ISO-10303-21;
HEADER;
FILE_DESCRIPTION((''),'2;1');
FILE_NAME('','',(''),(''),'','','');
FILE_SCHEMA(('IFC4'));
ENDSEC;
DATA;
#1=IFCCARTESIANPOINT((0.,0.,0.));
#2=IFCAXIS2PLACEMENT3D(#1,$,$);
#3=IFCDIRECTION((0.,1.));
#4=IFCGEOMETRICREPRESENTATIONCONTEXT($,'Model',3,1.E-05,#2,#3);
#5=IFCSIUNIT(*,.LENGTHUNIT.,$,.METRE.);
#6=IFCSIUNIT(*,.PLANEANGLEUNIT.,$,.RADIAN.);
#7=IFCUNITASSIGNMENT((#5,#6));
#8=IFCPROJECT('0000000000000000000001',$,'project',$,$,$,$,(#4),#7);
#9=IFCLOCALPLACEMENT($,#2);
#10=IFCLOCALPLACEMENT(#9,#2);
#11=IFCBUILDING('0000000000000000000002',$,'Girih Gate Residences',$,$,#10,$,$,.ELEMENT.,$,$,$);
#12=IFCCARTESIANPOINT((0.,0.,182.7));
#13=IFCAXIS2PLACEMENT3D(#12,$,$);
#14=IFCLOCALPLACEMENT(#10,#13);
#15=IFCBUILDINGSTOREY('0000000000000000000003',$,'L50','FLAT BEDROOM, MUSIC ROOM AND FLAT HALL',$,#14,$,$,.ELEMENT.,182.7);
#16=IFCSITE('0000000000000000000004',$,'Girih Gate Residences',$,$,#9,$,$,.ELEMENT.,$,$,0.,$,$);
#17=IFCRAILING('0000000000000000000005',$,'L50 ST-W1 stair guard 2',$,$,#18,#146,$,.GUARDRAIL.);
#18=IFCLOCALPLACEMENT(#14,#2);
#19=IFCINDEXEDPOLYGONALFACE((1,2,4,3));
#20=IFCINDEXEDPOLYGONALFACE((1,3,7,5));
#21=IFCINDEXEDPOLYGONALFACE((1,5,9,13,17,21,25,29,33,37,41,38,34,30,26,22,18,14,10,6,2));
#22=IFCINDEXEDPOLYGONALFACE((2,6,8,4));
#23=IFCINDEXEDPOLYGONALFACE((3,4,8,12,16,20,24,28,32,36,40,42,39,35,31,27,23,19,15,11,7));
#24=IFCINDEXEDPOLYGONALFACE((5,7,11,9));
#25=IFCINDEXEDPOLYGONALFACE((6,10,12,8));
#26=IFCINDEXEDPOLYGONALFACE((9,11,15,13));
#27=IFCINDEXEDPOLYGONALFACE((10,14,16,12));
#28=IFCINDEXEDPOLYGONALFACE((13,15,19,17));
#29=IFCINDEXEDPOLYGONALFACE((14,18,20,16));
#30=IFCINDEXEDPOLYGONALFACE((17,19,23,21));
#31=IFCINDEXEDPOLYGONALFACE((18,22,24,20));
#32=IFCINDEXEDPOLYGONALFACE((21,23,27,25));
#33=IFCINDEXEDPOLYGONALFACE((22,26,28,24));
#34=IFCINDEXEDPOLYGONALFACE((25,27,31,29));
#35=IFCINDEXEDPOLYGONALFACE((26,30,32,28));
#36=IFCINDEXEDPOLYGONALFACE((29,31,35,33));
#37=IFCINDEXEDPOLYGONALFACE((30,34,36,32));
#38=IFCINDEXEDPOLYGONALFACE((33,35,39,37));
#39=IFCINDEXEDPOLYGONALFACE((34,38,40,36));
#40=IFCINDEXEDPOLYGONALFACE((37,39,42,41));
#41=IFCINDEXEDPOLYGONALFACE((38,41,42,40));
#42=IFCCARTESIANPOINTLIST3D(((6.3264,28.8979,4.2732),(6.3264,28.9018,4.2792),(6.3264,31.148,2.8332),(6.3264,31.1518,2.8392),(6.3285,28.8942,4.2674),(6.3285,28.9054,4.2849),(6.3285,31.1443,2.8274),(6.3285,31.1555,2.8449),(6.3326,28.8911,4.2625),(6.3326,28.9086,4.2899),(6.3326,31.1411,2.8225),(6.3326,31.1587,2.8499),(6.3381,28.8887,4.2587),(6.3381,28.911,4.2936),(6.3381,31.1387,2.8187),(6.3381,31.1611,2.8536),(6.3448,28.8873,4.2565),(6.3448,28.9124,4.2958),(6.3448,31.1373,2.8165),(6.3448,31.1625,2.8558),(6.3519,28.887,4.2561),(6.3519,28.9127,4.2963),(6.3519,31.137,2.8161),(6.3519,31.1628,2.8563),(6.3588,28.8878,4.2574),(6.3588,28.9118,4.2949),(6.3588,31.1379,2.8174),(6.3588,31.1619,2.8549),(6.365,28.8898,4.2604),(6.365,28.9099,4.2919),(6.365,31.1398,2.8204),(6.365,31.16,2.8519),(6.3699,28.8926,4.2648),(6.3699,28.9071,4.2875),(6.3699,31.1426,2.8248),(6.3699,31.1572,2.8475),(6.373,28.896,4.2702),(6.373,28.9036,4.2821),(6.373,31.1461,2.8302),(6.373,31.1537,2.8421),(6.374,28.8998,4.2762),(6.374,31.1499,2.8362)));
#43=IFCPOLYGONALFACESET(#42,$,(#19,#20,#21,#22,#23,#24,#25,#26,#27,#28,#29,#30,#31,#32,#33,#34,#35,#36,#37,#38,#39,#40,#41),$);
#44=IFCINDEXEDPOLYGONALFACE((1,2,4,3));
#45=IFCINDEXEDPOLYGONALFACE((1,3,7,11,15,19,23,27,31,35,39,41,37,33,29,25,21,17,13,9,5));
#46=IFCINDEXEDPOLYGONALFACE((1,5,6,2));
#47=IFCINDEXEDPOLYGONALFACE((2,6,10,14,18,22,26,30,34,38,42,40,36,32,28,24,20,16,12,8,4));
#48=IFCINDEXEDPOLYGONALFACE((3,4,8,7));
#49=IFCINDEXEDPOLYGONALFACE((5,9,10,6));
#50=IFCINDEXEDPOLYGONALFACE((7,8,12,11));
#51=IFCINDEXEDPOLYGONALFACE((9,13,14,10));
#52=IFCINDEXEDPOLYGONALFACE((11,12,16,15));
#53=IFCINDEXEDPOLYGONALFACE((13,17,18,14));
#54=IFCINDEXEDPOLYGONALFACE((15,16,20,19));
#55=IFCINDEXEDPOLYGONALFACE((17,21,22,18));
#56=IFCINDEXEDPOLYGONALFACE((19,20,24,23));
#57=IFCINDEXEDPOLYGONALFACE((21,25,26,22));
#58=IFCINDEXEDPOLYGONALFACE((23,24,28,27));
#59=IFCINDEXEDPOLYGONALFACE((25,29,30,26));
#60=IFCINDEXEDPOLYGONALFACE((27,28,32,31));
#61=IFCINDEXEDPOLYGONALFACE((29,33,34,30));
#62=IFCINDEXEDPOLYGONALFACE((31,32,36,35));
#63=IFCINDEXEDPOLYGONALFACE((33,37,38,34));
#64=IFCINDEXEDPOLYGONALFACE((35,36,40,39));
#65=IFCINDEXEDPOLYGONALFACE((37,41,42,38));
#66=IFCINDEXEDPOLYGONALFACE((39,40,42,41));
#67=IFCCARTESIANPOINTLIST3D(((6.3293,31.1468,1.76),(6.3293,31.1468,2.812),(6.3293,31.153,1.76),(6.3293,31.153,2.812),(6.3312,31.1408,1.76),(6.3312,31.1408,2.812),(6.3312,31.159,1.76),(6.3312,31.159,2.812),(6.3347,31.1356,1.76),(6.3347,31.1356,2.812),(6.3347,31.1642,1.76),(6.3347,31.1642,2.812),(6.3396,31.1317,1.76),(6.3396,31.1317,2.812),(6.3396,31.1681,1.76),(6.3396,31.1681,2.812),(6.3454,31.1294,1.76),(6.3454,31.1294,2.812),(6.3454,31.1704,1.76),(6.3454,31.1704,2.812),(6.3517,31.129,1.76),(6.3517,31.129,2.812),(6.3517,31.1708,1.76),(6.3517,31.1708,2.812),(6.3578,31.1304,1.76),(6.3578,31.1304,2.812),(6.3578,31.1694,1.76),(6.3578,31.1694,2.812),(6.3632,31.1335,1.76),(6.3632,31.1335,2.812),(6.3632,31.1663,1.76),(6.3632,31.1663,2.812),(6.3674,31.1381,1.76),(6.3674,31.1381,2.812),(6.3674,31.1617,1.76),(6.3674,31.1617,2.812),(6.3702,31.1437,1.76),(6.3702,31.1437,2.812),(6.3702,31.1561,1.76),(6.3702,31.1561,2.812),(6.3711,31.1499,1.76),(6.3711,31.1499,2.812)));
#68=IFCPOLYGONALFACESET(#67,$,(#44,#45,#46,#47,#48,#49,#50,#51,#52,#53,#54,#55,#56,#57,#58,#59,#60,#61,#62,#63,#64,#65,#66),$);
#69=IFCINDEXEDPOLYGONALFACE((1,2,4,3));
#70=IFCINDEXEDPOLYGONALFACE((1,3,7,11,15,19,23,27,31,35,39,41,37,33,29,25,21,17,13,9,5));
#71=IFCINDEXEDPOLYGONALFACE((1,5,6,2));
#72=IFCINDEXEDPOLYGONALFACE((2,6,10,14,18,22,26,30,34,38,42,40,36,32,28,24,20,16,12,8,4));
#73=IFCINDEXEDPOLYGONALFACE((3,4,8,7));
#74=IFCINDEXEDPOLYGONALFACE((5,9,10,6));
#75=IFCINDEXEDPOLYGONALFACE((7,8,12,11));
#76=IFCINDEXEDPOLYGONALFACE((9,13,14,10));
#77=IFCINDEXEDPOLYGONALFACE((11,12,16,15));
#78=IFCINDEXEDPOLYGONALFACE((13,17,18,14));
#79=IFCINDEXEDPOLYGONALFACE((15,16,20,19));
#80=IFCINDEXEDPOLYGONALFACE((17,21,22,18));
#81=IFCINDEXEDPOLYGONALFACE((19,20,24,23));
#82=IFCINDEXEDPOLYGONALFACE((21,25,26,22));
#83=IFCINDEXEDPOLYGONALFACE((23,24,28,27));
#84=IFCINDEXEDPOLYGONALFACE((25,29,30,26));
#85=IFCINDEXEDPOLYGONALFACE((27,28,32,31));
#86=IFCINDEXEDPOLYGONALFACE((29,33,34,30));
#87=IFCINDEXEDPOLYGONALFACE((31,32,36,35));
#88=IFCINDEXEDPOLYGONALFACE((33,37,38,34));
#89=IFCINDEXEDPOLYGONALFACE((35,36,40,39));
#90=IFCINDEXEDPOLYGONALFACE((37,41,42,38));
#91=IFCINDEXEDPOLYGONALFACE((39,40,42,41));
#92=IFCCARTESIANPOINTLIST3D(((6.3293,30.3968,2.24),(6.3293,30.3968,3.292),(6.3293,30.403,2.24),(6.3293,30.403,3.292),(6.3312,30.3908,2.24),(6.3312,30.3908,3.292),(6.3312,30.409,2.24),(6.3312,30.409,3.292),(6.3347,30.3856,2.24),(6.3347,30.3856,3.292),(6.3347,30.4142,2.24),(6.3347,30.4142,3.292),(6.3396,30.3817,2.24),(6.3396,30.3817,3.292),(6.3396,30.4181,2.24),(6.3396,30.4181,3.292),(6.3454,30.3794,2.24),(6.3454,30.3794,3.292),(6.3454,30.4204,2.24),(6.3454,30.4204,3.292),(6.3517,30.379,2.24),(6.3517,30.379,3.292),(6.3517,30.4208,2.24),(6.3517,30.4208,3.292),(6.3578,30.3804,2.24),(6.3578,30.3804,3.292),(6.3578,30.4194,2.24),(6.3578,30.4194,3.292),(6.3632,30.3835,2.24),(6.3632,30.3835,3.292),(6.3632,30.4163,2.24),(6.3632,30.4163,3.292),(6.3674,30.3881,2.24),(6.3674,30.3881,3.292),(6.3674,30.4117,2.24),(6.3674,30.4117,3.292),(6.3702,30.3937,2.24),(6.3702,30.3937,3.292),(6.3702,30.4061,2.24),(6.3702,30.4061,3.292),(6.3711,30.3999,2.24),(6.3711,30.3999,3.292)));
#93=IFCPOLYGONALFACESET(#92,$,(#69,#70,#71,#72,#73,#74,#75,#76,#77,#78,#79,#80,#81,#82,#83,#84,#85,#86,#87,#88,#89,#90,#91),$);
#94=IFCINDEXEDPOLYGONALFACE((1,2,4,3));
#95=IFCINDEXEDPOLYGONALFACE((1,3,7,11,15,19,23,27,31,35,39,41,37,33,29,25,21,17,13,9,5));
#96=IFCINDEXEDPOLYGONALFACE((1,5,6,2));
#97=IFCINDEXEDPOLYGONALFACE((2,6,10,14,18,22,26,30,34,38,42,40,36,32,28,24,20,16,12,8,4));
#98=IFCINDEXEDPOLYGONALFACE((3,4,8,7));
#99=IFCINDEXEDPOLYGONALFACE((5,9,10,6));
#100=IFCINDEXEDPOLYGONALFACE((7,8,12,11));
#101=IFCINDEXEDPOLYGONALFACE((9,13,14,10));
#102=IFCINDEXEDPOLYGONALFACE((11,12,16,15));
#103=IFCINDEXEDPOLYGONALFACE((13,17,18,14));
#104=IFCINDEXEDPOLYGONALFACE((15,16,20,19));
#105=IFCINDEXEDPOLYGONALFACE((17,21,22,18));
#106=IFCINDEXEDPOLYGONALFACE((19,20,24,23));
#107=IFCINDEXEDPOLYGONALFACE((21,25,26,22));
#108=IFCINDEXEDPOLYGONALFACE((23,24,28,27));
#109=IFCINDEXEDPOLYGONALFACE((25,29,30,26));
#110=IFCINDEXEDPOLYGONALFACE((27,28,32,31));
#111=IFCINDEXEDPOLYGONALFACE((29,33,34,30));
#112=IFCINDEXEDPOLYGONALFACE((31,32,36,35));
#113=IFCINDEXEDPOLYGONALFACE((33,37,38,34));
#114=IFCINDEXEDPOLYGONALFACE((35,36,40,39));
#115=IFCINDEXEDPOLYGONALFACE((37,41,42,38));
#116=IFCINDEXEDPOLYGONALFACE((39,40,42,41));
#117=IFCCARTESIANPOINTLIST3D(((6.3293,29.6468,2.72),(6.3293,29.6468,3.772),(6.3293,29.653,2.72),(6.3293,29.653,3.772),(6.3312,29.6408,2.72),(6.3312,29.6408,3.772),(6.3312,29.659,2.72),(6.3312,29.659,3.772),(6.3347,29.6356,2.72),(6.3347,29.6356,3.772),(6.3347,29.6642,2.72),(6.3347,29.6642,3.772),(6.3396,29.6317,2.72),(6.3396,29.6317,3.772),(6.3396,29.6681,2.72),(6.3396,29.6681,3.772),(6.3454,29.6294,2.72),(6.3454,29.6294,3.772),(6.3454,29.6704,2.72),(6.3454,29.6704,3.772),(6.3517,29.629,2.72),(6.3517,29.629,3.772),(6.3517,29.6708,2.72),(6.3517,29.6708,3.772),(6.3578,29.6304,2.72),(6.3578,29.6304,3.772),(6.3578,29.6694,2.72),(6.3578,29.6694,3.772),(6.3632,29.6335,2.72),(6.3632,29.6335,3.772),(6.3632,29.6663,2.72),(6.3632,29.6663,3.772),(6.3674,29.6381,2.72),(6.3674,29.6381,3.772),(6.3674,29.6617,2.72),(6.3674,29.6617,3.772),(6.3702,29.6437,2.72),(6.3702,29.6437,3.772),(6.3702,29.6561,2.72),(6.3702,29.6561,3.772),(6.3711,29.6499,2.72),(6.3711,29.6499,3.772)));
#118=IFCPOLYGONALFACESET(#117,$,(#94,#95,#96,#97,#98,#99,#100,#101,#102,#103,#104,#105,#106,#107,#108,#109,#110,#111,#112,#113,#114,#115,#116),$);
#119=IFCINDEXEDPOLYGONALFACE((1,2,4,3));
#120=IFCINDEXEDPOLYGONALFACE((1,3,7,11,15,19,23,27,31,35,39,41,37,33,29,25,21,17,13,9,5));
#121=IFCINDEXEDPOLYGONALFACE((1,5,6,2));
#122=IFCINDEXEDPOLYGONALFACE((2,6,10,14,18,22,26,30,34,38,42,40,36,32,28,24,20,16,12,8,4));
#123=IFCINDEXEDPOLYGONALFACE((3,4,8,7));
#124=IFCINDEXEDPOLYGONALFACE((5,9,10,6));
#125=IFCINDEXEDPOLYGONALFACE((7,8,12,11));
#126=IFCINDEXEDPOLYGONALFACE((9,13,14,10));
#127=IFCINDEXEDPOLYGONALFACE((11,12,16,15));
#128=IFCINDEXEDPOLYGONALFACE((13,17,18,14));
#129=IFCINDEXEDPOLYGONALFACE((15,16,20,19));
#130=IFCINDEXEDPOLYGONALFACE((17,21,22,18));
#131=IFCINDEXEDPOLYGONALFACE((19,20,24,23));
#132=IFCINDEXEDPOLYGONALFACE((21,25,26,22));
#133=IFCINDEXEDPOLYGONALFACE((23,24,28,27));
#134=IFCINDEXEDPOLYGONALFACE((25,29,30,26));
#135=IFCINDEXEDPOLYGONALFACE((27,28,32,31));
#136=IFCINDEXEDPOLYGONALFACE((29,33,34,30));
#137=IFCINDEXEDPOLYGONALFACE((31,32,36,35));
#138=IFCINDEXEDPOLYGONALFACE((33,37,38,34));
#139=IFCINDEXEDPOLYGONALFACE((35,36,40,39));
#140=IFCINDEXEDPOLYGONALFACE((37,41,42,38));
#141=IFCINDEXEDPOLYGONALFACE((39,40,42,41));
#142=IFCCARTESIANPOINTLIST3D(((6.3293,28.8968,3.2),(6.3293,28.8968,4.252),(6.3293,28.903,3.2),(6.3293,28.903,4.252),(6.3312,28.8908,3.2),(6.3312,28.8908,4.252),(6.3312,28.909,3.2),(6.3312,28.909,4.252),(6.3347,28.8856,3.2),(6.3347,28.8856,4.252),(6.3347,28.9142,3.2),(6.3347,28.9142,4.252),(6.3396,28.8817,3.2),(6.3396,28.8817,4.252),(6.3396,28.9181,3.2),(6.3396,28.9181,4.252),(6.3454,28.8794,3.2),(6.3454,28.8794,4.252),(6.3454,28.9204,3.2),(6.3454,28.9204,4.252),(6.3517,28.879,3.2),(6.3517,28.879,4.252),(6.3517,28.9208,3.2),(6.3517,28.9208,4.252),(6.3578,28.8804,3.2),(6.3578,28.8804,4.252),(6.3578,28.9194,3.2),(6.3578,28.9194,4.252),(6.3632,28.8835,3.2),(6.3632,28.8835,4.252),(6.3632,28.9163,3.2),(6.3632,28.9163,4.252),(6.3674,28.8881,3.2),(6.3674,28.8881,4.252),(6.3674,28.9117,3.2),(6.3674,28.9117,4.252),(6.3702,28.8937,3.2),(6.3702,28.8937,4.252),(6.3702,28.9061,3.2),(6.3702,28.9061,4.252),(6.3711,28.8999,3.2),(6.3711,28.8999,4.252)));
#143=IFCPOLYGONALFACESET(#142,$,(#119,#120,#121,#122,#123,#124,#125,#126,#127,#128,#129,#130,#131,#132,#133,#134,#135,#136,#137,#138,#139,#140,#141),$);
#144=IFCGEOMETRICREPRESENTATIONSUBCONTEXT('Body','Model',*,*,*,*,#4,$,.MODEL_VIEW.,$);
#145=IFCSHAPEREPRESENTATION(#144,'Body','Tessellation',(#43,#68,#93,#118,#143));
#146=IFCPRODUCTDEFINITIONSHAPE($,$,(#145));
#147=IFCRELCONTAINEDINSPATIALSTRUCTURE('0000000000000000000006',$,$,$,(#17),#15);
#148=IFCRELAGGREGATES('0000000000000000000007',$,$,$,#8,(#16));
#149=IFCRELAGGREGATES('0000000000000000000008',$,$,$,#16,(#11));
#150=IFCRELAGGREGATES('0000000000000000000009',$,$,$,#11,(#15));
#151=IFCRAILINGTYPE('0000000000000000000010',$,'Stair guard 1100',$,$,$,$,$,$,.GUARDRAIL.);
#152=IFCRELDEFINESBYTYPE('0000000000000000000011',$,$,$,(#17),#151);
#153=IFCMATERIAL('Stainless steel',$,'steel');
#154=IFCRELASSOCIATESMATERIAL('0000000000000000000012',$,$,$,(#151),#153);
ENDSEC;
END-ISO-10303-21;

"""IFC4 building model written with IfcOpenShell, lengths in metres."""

from ifc_helpers import new_model, si_unit, direction, frame, origin, origin_2d, place, context, subcontext, project, spatial, circle, extrude, material, type_object, element, save


model = new_model("IFC4")

# Units and contexts
model_context = context("Model", 3, precision=1e-05, world=origin(), true_north=direction((0.0, 1.0)))
body_context = subcontext(model_context, "Body", "Model", "MODEL_VIEW")
ifc_project = project(units=[si_unit("LENGTHUNIT", "METRE"), si_unit("PLANEANGLEUNIT", "RADIAN")], contexts=[model_context])

# Site, building, storey
site_placement = place(None, origin())
site = spatial("IfcSite", under=ifc_project, at=site_placement, Name="Girih Gate Residences", CompositionType="ELEMENT", RefElevation=0.0)
building_placement = place(site_placement, origin())
building = spatial("IfcBuilding", under=site, at=building_placement, Name="Girih Gate Residences", CompositionType="ELEMENT")
storey_placement = place(building_placement, frame((0.0, 0.0, 182.7)))
storey = spatial("IfcBuildingStorey", under=building, at=storey_placement, Name="L50", Description="FLAT BEDROOM, MUSIC ROOM AND FLAT HALL", CompositionType="ELEMENT", Elevation=182.7)

# Shared definitions
ifc_material_1 = material(Name="Stainless steel", Category="steel")

# Railing
railing_type_1 = type_object("IfcRailingType", Name="Stair guard 1100", PredefinedType="GUARDRAIL", material=ifc_material_1)
railing_1_placement = place(storey_placement, frame((6.3501, 31.1499, 1.76)))
element("IfcRailing", 1, at=railing_1_placement, inside=storey, type_object=railing_type_1, Name="L50 ST-W1 stair guard 2", PredefinedType="GUARDRAIL", context=body_context, shape_type="SweptSolid", body=[
    extrude(circle(Radius=0.0239, at=origin_2d()), frame((0.0, 0.0, 1.0762), z_axis=(0.0, -0.842281, 0.539038), x_axis=(1.0, 0.0, 0.0)), (0.0, 0.0, 1.0), 2.6714),
    extrude(circle(Radius=0.021, at=origin_2d()), origin(), (0.0, 0.0, 1.0), 1.052),
    extrude(circle(Radius=0.021, at=origin_2d()), frame((0.0, -0.75, 0.48)), (0.0, 0.0, 1.0), 1.052),
    extrude(circle(Radius=0.021, at=origin_2d()), frame((0.0, -1.5, 0.96)), (0.0, 0.0, 1.0), 1.052),
    extrude(circle(Radius=0.021, at=origin_2d()), frame((0.0, -2.25, 1.4399)), (0.0, 0.0, 1.0), 1.052),
])

save(model, "model.ifc")
